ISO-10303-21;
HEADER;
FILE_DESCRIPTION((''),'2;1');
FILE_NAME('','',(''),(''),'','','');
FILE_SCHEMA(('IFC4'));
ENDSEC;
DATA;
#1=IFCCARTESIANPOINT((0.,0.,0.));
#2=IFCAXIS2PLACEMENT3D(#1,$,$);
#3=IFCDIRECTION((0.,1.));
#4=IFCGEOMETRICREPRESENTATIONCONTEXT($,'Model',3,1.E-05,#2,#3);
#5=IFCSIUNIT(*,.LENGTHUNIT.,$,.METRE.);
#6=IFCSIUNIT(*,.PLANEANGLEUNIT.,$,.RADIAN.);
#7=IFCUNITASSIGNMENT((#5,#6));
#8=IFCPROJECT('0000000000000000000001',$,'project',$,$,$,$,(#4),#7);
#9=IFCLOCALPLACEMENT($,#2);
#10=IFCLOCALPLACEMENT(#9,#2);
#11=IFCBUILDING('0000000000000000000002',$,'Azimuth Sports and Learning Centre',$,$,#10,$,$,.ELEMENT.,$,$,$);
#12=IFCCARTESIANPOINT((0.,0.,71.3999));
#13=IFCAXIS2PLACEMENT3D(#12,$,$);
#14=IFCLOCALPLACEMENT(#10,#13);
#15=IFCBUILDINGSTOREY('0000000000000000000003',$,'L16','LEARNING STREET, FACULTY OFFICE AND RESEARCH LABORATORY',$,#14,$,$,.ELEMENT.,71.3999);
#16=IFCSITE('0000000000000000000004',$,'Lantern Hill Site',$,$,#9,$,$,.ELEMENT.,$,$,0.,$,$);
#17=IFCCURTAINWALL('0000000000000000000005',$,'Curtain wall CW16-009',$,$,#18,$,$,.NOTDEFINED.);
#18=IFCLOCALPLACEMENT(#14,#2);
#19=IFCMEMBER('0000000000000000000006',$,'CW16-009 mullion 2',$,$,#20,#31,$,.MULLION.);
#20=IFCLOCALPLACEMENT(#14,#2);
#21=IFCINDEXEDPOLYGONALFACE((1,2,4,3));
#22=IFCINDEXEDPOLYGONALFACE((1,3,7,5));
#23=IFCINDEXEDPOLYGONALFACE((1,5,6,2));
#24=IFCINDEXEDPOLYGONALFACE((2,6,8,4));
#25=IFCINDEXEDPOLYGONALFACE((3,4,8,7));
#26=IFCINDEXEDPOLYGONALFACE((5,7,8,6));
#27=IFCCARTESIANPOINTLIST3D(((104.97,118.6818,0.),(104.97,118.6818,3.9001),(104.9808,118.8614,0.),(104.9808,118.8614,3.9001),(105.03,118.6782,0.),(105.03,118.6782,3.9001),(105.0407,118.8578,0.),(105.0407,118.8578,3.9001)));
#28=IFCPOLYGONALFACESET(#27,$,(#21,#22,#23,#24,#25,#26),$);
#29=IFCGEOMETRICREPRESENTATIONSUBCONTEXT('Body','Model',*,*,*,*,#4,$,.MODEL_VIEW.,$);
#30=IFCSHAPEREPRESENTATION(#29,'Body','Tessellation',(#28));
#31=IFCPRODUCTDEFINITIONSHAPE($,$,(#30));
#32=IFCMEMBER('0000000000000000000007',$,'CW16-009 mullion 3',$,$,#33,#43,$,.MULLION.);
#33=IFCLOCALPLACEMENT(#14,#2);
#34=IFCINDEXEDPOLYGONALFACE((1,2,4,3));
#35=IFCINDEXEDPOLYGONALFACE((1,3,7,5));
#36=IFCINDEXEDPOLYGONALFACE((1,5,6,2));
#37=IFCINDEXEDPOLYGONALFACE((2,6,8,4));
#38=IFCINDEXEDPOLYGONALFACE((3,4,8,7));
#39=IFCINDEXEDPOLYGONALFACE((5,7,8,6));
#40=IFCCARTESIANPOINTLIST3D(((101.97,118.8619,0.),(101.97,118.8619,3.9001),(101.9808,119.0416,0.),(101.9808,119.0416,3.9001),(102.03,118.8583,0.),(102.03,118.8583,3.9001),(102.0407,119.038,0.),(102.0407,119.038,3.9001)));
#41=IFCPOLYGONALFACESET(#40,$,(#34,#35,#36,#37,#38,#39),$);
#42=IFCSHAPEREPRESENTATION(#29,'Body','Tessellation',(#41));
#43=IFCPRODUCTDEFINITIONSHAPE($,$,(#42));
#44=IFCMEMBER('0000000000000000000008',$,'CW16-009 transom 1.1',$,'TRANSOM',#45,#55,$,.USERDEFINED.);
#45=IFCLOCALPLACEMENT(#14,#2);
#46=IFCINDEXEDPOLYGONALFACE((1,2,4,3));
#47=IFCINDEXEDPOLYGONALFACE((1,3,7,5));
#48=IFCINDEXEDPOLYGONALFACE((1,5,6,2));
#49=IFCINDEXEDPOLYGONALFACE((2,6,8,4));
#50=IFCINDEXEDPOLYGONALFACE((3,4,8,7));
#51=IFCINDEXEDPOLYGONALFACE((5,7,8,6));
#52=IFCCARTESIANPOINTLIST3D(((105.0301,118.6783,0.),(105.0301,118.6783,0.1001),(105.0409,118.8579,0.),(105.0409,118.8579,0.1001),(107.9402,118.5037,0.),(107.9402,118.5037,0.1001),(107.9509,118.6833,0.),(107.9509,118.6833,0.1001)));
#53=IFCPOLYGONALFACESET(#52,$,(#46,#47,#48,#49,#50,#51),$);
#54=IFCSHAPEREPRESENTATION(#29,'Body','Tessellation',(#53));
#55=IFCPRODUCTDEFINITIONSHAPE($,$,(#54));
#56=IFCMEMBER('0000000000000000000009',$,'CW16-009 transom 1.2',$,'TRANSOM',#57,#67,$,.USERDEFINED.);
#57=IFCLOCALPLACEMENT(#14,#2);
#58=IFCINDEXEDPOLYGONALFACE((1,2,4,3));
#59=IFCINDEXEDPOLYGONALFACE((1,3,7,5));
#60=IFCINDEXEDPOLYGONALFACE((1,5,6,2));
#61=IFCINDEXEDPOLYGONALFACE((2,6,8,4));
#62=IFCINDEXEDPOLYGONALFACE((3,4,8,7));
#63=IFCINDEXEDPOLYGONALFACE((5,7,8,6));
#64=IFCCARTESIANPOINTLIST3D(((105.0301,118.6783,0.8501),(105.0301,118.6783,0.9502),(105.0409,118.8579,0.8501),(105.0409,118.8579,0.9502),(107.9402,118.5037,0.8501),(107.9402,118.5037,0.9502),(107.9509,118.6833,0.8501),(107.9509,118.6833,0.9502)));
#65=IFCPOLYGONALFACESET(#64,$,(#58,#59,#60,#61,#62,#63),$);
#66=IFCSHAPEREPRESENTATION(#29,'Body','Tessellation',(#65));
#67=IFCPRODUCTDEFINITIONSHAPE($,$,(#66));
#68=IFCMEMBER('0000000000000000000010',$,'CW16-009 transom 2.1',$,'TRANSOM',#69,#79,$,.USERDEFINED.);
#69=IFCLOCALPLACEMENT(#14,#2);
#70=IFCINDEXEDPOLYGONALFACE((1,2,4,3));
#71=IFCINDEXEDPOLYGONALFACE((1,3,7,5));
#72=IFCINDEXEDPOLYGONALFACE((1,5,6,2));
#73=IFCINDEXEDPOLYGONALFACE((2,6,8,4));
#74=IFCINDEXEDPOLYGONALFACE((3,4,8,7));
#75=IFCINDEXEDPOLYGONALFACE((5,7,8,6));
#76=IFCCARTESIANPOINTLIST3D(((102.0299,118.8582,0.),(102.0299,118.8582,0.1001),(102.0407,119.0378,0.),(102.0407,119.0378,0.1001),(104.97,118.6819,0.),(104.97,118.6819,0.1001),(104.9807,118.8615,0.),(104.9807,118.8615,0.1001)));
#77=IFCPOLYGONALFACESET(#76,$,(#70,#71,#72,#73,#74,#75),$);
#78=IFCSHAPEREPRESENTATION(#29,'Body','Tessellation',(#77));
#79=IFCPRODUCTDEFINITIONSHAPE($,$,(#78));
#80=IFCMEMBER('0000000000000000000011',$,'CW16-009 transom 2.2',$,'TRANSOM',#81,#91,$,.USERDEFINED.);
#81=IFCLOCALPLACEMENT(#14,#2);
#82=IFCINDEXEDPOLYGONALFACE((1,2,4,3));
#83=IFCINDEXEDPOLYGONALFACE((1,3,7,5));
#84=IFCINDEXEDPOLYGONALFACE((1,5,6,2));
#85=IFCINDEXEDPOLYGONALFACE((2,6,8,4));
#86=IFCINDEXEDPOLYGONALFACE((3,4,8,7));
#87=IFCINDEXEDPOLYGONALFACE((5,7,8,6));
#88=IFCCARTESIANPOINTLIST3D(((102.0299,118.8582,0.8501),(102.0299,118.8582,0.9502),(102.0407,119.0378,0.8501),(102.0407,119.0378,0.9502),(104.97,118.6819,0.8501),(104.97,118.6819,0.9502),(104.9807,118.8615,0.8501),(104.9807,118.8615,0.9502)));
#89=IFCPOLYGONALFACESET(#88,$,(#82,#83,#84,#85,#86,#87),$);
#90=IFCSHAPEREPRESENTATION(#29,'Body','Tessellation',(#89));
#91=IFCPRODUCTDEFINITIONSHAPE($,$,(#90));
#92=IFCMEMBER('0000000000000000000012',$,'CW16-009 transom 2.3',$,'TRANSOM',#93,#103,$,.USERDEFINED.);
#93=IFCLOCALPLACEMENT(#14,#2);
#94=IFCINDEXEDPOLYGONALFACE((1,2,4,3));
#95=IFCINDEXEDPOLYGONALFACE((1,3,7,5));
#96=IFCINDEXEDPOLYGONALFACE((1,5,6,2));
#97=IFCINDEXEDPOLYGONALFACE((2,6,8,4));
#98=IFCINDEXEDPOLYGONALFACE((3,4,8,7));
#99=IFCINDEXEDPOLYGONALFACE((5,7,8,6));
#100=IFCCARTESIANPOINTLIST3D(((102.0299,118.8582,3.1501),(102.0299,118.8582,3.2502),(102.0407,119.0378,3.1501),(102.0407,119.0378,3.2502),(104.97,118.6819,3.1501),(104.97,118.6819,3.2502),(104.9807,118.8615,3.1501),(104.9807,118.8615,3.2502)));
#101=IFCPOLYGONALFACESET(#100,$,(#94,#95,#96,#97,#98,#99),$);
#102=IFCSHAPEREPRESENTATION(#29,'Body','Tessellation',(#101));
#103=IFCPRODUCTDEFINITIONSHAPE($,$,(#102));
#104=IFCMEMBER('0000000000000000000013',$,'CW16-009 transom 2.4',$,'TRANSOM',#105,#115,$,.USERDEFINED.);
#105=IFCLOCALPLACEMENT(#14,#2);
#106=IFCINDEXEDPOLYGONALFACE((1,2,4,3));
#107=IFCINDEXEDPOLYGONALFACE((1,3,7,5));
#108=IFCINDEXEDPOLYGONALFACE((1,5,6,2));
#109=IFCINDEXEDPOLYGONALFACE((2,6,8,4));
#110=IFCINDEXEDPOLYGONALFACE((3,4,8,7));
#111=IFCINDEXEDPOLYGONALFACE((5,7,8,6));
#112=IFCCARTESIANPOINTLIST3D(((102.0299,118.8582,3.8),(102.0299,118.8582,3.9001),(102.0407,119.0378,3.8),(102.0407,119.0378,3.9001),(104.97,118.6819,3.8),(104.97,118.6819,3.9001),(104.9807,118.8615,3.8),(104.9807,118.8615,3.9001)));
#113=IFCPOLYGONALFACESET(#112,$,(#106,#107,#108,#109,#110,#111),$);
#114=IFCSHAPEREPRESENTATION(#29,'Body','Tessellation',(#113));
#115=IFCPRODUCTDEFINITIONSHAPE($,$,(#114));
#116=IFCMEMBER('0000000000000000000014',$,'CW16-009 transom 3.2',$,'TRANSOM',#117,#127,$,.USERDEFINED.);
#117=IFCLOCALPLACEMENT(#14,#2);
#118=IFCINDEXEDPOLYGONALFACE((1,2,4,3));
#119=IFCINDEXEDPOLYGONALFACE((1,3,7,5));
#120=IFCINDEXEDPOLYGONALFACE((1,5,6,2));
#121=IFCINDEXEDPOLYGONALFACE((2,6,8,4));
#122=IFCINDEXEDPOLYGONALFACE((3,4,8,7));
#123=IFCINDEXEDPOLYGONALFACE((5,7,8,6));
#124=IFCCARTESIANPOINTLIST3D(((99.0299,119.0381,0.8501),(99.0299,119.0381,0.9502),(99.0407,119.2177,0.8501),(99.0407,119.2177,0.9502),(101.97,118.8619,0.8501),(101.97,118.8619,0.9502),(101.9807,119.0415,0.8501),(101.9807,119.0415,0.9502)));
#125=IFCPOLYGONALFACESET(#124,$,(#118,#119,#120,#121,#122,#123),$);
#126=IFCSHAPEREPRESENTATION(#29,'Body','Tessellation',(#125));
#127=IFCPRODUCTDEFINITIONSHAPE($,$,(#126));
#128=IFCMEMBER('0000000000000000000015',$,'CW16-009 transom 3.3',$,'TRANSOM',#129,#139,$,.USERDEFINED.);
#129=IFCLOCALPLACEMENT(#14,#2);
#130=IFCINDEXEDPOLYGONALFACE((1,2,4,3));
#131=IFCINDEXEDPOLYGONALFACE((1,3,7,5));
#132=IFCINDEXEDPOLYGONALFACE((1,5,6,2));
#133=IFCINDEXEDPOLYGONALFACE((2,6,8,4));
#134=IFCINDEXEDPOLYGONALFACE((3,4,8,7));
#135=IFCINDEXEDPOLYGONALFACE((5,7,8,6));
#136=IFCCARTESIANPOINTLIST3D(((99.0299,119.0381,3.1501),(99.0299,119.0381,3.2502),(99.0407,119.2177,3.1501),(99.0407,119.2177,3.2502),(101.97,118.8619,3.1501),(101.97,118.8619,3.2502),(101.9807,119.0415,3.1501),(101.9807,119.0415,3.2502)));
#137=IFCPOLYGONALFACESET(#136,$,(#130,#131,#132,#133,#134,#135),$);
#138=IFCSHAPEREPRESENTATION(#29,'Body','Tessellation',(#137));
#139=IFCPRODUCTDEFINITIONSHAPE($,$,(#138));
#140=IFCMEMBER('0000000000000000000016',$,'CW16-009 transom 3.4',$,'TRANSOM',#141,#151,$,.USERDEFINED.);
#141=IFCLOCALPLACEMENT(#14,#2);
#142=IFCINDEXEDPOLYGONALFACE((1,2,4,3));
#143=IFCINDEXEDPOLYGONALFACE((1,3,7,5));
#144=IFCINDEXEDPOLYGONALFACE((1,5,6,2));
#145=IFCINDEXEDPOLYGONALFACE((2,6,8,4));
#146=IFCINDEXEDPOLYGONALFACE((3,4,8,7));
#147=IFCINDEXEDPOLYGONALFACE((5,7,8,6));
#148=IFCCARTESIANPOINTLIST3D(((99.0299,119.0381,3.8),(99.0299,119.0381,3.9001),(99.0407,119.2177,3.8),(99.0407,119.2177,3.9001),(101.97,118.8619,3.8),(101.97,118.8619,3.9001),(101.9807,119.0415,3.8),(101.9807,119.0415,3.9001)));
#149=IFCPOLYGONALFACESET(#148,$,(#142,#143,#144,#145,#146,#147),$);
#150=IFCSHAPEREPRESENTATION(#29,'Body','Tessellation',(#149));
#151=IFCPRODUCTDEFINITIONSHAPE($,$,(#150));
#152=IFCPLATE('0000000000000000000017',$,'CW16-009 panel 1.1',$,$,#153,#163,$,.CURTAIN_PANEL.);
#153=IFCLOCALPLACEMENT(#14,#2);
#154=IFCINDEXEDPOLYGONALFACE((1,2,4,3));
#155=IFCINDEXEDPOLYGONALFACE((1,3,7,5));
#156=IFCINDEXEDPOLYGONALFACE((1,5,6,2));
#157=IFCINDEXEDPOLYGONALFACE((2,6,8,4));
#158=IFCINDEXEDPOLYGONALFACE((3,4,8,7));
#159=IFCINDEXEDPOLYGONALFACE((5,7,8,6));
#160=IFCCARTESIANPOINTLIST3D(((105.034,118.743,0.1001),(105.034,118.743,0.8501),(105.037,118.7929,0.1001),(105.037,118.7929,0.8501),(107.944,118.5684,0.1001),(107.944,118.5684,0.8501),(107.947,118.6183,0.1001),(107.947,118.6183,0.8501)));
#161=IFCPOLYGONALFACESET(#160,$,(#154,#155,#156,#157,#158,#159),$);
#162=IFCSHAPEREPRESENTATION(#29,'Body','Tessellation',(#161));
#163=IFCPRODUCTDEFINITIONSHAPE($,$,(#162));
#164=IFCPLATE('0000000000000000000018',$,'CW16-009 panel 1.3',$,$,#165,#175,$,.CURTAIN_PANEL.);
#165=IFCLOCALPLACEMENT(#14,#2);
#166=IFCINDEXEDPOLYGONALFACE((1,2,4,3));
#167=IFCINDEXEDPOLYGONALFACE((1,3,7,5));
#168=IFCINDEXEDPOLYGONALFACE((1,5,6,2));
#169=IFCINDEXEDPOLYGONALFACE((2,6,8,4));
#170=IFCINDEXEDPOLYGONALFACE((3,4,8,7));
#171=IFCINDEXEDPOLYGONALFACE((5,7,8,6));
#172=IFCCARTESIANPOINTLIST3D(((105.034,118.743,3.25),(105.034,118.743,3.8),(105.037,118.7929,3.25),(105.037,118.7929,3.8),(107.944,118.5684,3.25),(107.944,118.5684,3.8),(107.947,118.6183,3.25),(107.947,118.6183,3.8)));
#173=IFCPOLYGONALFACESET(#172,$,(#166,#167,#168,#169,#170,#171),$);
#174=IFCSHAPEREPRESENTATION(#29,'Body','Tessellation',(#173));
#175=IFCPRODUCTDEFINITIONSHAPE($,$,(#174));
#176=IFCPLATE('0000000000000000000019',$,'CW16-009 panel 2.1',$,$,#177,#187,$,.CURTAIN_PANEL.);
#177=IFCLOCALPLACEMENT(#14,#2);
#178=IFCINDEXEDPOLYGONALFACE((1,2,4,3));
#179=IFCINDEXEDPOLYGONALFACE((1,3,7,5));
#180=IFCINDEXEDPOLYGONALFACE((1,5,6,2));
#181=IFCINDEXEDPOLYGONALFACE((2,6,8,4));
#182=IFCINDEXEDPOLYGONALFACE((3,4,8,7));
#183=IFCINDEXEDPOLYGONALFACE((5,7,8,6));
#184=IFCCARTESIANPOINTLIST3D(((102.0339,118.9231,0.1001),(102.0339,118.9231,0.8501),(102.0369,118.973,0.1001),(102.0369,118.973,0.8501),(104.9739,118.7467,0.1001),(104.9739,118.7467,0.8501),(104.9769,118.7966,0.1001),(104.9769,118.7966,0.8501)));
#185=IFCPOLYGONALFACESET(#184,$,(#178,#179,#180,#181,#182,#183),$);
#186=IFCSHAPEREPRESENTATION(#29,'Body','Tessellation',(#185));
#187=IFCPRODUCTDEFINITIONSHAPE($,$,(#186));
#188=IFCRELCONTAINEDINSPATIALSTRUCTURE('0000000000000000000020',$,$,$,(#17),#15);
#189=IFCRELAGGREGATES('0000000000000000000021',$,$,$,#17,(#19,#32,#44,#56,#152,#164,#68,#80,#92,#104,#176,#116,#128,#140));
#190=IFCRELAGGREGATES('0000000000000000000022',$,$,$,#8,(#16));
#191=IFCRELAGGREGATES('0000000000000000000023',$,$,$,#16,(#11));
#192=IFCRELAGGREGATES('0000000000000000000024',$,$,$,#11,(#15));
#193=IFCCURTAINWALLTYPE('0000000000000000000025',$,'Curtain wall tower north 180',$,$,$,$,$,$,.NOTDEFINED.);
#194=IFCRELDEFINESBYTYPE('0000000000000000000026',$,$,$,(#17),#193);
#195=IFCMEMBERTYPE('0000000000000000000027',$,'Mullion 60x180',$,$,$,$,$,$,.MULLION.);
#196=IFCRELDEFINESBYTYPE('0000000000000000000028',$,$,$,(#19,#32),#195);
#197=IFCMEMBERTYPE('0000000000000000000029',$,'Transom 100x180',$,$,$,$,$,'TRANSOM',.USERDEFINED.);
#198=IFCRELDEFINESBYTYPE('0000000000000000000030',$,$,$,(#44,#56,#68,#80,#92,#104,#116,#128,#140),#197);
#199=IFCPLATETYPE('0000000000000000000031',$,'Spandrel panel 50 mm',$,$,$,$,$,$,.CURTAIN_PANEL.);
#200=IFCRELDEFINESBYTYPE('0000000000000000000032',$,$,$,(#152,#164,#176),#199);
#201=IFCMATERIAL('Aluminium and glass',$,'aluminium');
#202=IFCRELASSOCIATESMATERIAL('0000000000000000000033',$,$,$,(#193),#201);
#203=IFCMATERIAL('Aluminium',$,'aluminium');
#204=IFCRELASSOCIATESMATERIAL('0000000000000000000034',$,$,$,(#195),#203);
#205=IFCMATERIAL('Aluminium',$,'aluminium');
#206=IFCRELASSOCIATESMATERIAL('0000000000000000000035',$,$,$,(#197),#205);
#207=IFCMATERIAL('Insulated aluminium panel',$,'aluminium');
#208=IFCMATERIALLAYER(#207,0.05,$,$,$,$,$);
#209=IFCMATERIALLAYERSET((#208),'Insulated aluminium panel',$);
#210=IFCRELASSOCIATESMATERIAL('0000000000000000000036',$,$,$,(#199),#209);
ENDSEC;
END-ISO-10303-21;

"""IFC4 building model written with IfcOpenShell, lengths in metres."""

from ifc_helpers import new_model, si_unit, direction, frame, origin, origin_2d, place, context, subcontext, project, spatial, rectangle, extrude, material, layer, layer_set, material_profile, profile_set, type_object, element, aggregate, save


model = new_model("IFC4")

# Units and contexts
model_context = context("Model", 3, precision=1e-05, world=origin(), true_north=direction((0.0, 1.0)))
body_context = subcontext(model_context, "Body", "Model", "MODEL_VIEW")
ifc_project = project(units=[si_unit("LENGTHUNIT", "METRE"), si_unit("PLANEANGLEUNIT", "RADIAN")], contexts=[model_context])

# Site, building, storey
site_placement = place(None, origin())
site = spatial("IfcSite", under=ifc_project, at=site_placement, Name="Lantern Hill Site", CompositionType="ELEMENT", RefElevation=0.0)
building_placement = place(site_placement, origin())
building = spatial("IfcBuilding", under=site, at=building_placement, Name="Azimuth Sports and Learning Centre", CompositionType="ELEMENT")
storey_placement = place(building_placement, frame((0.0, 0.0, 71.3999)))
storey = spatial("IfcBuildingStorey", under=building, at=storey_placement, Name="L16", Description="LEARNING STREET, FACULTY OFFICE AND RESEARCH LABORATORY", CompositionType="ELEMENT", Elevation=71.3999)

# Curtain wall, members, plates
ifc_material_1 = material(Name="Aluminium and glass", Category="aluminium")
curtain_wall_type = type_object("IfcCurtainWallType", Name="Curtain wall tower north 180", PredefinedType="NOTDEFINED", material=ifc_material_1)
curtain_wall_placement = place(storey_placement, origin())
curtain_wall = element("IfcCurtainWall", 1, at=curtain_wall_placement, inside=storey, type_object=curtain_wall_type, Name="Curtain wall CW16-009", PredefinedType="NOTDEFINED")
ifc_material_2 = material(Name="Aluminium", Category="aluminium")
ifc_material_profile_1 = material_profile(ifc_material_2, rectangle(XDim=0.1799, YDim=0.0601, at=origin_2d()), Name="Mullion 60x180")
ifc_profile_set_1 = profile_set([ifc_material_profile_1], Name="Aluminium")
member_type_1 = type_object("IfcMemberType", Name="Mullion 60x180", PredefinedType="MULLION", material=ifc_profile_set_1)
member_1_placement = place(storey_placement, frame((105.0054, 118.7698, 0.0), z_axis=(0.0, 0.0, 1.0), x_axis=(-0.059892, -0.998205, 0.0)))
member_1 = element("IfcMember", 2, at=member_1_placement, type_object=member_type_1, Name="CW16-009 mullion 2", PredefinedType="MULLION", context=body_context, shape_type="SweptSolid", body=[
    extrude(rectangle(XDim=0.1799, YDim=0.0601, at=origin_2d()), origin(), (0.0, 0.0, 1.0), 3.9001),
])
member_2_placement = place(storey_placement, frame((102.0054, 118.95, 0.0), z_axis=(0.0, 0.0, 1.0), x_axis=(-0.059892, -0.998205, 0.0)))
member_2 = element("IfcMember", 3, at=member_2_placement, type_object=member_type_1, Name="CW16-009 mullion 3", PredefinedType="MULLION", context=body_context, shape_type="SweptSolid", body=[
    extrude(rectangle(XDim=0.1799, YDim=0.0601, at=origin_2d()), origin(), (0.0, 0.0, 1.0), 3.9001),
])
ifc_material_3 = material(Name="Aluminium", Category="aluminium")
ifc_material_profile_2 = material_profile(ifc_material_3, rectangle(XDim=0.1799, YDim=0.1001, at=origin_2d()), Name="Transom 100x180")
ifc_profile_set_2 = profile_set([ifc_material_profile_2], Name="Aluminium")
member_type_2 = type_object("IfcMemberType", Name="Transom 100x180", ElementType="TRANSOM", PredefinedType="USERDEFINED", material=ifc_profile_set_2)
member_3_placement = place(storey_placement, frame((107.9456, 118.5935, 0.05), z_axis=(-0.998206, 0.059876, 0.0), x_axis=(-0.059876, -0.998206, 0.0)))
member_3 = element("IfcMember", 4, at=member_3_placement, type_object=member_type_2, Name="CW16-009 transom 1.1", ObjectType="TRANSOM", PredefinedType="USERDEFINED", context=body_context, shape_type="SweptSolid", body=[
    extrude(rectangle(XDim=0.1799, YDim=0.1001, at=origin_2d()), origin(), (0.0, 0.0, 1.0), 2.9153),
])
member_4_placement = place(storey_placement, frame((107.9456, 118.5935, 0.9001), z_axis=(-0.998206, 0.059876, 0.0), x_axis=(-0.059876, -0.998206, 0.0)))
member_4 = element("IfcMember", 5, at=member_4_placement, type_object=member_type_2, Name="CW16-009 transom 1.2", ObjectType="TRANSOM", PredefinedType="USERDEFINED", context=body_context, shape_type="SweptSolid", body=[
    extrude(rectangle(XDim=0.1799, YDim=0.1001, at=origin_2d()), origin(), (0.0, 0.0, 1.0), 2.9153),
])
member_5_placement = place(storey_placement, frame((104.9753, 118.7717, 0.05), z_axis=(-0.998207, 0.059849, 0.0), x_axis=(-0.059849, -0.998207, 0.0)))
member_5 = element("IfcMember", 6, at=member_5_placement, type_object=member_type_2, Name="CW16-009 transom 2.1", ObjectType="TRANSOM", PredefinedType="USERDEFINED", context=body_context, shape_type="SweptSolid", body=[
    extrude(rectangle(XDim=0.1799, YDim=0.1001, at=origin_2d()), origin(), (0.0, 0.0, 1.0), 2.9453),
])
member_6_placement = place(storey_placement, frame((104.9753, 118.7717, 0.9001), z_axis=(-0.998207, 0.059849, 0.0), x_axis=(-0.059849, -0.998207, 0.0)))
member_6 = element("IfcMember", 7, at=member_6_placement, type_object=member_type_2, Name="CW16-009 transom 2.2", ObjectType="TRANSOM", PredefinedType="USERDEFINED", context=body_context, shape_type="SweptSolid", body=[
    extrude(rectangle(XDim=0.1799, YDim=0.1001, at=origin_2d()), origin(), (0.0, 0.0, 1.0), 2.9453),
])
member_7_placement = place(storey_placement, frame((104.9753, 118.7717, 3.2002), z_axis=(-0.998207, 0.059849, 0.0), x_axis=(-0.059849, -0.998207, 0.0)))
member_7 = element("IfcMember", 8, at=member_7_placement, type_object=member_type_2, Name="CW16-009 transom 2.3", ObjectType="TRANSOM", PredefinedType="USERDEFINED", context=body_context, shape_type="SweptSolid", body=[
    extrude(rectangle(XDim=0.1799, YDim=0.1001, at=origin_2d()), origin(), (0.0, 0.0, 1.0), 2.9453),
])
member_8_placement = place(storey_placement, frame((104.9753, 118.7717, 3.8501), z_axis=(-0.998207, 0.059849, 0.0), x_axis=(-0.059849, -0.998207, 0.0)))
member_8 = element("IfcMember", 9, at=member_8_placement, type_object=member_type_2, Name="CW16-009 transom 2.4", ObjectType="TRANSOM", PredefinedType="USERDEFINED", context=body_context, shape_type="SweptSolid", body=[
    extrude(rectangle(XDim=0.1799, YDim=0.1001, at=origin_2d()), origin(), (0.0, 0.0, 1.0), 2.9453),
])
member_9_placement = place(storey_placement, frame((101.9753, 118.9517, 0.9001), z_axis=(-0.998207, 0.059849, 0.0), x_axis=(-0.059849, -0.998207, 0.0)))
member_9 = element("IfcMember", 10, at=member_9_placement, type_object=member_type_2, Name="CW16-009 transom 3.2", ObjectType="TRANSOM", PredefinedType="USERDEFINED", context=body_context, shape_type="SweptSolid", body=[
    extrude(rectangle(XDim=0.1799, YDim=0.1001, at=origin_2d()), origin(), (0.0, 0.0, 1.0), 2.9453),
])
member_10_placement = place(storey_placement, frame((101.9753, 118.9517, 3.2002), z_axis=(-0.998207, 0.059849, 0.0), x_axis=(-0.059849, -0.998207, 0.0)))
member_10 = element("IfcMember", 11, at=member_10_placement, type_object=member_type_2, Name="CW16-009 transom 3.3", ObjectType="TRANSOM", PredefinedType="USERDEFINED", context=body_context, shape_type="SweptSolid", body=[
    extrude(rectangle(XDim=0.1799, YDim=0.1001, at=origin_2d()), origin(), (0.0, 0.0, 1.0), 2.9453),
])
member_11_placement = place(storey_placement, frame((101.9753, 118.9517, 3.8501), z_axis=(-0.998207, 0.059849, 0.0), x_axis=(-0.059849, -0.998207, 0.0)))
member_11 = element("IfcMember", 12, at=member_11_placement, type_object=member_type_2, Name="CW16-009 transom 3.4", ObjectType="TRANSOM", PredefinedType="USERDEFINED", context=body_context, shape_type="SweptSolid", body=[
    extrude(rectangle(XDim=0.1799, YDim=0.1001, at=origin_2d()), origin(), (0.0, 0.0, 1.0), 2.9453),
])
ifc_material_4 = material(Name="Insulated aluminium panel", Category="aluminium")
ifc_layer_1 = layer(ifc_material_4, 0.05)
ifc_layer_set_1 = layer_set([ifc_layer_1], Name="Insulated aluminium panel")
plate_type_1 = type_object("IfcPlateType", Name="Spandrel panel 50 mm", PredefinedType="CURTAIN_PANEL", material=ifc_layer_set_1)
plate_1_placement = place(storey_placement, frame((106.4905, 118.6807, 0.1001), z_axis=(0.0, 0.0, 1.0), x_axis=(-0.998205, 0.059892, 0.0)))
plate_1 = element("IfcPlate", 13, at=plate_1_placement, type_object=plate_type_1, Name="CW16-009 panel 1.1", PredefinedType="CURTAIN_PANEL", context=body_context, shape_type="SweptSolid", body=[
    extrude(rectangle(XDim=2.9153, YDim=0.05, at=origin_2d()), origin(), (0.0, 0.0, 1.0), 0.75),
])
plate_2_placement = place(storey_placement, frame((106.4905, 118.6807, 3.25), z_axis=(0.0, 0.0, 1.0), x_axis=(-0.998205, 0.059892, 0.0)))
plate_2 = element("IfcPlate", 14, at=plate_2_placement, type_object=plate_type_1, Name="CW16-009 panel 1.3", PredefinedType="CURTAIN_PANEL", context=body_context, shape_type="SweptSolid", body=[
    extrude(rectangle(XDim=2.9153, YDim=0.05, at=origin_2d()), origin(), (0.0, 0.0, 1.0), 0.55),
])
plate_3_placement = place(storey_placement, frame((103.5054, 118.8599, 0.1001), z_axis=(0.0, 0.0, 1.0), x_axis=(-0.998205, 0.059892, 0.0)))
plate_3 = element("IfcPlate", 15, at=plate_3_placement, type_object=plate_type_1, Name="CW16-009 panel 2.1", PredefinedType="CURTAIN_PANEL", context=body_context, shape_type="SweptSolid", body=[
    extrude(rectangle(XDim=2.9453, YDim=0.05, at=origin_2d()), origin(), (0.0, 0.0, 1.0), 0.75),
])
aggregate(curtain_wall, [member_1, member_2, member_3, member_4, plate_1, plate_2, member_5, member_6, member_7, member_8, plate_3, member_9, member_10, member_11])

save(model, "model.ifc")
